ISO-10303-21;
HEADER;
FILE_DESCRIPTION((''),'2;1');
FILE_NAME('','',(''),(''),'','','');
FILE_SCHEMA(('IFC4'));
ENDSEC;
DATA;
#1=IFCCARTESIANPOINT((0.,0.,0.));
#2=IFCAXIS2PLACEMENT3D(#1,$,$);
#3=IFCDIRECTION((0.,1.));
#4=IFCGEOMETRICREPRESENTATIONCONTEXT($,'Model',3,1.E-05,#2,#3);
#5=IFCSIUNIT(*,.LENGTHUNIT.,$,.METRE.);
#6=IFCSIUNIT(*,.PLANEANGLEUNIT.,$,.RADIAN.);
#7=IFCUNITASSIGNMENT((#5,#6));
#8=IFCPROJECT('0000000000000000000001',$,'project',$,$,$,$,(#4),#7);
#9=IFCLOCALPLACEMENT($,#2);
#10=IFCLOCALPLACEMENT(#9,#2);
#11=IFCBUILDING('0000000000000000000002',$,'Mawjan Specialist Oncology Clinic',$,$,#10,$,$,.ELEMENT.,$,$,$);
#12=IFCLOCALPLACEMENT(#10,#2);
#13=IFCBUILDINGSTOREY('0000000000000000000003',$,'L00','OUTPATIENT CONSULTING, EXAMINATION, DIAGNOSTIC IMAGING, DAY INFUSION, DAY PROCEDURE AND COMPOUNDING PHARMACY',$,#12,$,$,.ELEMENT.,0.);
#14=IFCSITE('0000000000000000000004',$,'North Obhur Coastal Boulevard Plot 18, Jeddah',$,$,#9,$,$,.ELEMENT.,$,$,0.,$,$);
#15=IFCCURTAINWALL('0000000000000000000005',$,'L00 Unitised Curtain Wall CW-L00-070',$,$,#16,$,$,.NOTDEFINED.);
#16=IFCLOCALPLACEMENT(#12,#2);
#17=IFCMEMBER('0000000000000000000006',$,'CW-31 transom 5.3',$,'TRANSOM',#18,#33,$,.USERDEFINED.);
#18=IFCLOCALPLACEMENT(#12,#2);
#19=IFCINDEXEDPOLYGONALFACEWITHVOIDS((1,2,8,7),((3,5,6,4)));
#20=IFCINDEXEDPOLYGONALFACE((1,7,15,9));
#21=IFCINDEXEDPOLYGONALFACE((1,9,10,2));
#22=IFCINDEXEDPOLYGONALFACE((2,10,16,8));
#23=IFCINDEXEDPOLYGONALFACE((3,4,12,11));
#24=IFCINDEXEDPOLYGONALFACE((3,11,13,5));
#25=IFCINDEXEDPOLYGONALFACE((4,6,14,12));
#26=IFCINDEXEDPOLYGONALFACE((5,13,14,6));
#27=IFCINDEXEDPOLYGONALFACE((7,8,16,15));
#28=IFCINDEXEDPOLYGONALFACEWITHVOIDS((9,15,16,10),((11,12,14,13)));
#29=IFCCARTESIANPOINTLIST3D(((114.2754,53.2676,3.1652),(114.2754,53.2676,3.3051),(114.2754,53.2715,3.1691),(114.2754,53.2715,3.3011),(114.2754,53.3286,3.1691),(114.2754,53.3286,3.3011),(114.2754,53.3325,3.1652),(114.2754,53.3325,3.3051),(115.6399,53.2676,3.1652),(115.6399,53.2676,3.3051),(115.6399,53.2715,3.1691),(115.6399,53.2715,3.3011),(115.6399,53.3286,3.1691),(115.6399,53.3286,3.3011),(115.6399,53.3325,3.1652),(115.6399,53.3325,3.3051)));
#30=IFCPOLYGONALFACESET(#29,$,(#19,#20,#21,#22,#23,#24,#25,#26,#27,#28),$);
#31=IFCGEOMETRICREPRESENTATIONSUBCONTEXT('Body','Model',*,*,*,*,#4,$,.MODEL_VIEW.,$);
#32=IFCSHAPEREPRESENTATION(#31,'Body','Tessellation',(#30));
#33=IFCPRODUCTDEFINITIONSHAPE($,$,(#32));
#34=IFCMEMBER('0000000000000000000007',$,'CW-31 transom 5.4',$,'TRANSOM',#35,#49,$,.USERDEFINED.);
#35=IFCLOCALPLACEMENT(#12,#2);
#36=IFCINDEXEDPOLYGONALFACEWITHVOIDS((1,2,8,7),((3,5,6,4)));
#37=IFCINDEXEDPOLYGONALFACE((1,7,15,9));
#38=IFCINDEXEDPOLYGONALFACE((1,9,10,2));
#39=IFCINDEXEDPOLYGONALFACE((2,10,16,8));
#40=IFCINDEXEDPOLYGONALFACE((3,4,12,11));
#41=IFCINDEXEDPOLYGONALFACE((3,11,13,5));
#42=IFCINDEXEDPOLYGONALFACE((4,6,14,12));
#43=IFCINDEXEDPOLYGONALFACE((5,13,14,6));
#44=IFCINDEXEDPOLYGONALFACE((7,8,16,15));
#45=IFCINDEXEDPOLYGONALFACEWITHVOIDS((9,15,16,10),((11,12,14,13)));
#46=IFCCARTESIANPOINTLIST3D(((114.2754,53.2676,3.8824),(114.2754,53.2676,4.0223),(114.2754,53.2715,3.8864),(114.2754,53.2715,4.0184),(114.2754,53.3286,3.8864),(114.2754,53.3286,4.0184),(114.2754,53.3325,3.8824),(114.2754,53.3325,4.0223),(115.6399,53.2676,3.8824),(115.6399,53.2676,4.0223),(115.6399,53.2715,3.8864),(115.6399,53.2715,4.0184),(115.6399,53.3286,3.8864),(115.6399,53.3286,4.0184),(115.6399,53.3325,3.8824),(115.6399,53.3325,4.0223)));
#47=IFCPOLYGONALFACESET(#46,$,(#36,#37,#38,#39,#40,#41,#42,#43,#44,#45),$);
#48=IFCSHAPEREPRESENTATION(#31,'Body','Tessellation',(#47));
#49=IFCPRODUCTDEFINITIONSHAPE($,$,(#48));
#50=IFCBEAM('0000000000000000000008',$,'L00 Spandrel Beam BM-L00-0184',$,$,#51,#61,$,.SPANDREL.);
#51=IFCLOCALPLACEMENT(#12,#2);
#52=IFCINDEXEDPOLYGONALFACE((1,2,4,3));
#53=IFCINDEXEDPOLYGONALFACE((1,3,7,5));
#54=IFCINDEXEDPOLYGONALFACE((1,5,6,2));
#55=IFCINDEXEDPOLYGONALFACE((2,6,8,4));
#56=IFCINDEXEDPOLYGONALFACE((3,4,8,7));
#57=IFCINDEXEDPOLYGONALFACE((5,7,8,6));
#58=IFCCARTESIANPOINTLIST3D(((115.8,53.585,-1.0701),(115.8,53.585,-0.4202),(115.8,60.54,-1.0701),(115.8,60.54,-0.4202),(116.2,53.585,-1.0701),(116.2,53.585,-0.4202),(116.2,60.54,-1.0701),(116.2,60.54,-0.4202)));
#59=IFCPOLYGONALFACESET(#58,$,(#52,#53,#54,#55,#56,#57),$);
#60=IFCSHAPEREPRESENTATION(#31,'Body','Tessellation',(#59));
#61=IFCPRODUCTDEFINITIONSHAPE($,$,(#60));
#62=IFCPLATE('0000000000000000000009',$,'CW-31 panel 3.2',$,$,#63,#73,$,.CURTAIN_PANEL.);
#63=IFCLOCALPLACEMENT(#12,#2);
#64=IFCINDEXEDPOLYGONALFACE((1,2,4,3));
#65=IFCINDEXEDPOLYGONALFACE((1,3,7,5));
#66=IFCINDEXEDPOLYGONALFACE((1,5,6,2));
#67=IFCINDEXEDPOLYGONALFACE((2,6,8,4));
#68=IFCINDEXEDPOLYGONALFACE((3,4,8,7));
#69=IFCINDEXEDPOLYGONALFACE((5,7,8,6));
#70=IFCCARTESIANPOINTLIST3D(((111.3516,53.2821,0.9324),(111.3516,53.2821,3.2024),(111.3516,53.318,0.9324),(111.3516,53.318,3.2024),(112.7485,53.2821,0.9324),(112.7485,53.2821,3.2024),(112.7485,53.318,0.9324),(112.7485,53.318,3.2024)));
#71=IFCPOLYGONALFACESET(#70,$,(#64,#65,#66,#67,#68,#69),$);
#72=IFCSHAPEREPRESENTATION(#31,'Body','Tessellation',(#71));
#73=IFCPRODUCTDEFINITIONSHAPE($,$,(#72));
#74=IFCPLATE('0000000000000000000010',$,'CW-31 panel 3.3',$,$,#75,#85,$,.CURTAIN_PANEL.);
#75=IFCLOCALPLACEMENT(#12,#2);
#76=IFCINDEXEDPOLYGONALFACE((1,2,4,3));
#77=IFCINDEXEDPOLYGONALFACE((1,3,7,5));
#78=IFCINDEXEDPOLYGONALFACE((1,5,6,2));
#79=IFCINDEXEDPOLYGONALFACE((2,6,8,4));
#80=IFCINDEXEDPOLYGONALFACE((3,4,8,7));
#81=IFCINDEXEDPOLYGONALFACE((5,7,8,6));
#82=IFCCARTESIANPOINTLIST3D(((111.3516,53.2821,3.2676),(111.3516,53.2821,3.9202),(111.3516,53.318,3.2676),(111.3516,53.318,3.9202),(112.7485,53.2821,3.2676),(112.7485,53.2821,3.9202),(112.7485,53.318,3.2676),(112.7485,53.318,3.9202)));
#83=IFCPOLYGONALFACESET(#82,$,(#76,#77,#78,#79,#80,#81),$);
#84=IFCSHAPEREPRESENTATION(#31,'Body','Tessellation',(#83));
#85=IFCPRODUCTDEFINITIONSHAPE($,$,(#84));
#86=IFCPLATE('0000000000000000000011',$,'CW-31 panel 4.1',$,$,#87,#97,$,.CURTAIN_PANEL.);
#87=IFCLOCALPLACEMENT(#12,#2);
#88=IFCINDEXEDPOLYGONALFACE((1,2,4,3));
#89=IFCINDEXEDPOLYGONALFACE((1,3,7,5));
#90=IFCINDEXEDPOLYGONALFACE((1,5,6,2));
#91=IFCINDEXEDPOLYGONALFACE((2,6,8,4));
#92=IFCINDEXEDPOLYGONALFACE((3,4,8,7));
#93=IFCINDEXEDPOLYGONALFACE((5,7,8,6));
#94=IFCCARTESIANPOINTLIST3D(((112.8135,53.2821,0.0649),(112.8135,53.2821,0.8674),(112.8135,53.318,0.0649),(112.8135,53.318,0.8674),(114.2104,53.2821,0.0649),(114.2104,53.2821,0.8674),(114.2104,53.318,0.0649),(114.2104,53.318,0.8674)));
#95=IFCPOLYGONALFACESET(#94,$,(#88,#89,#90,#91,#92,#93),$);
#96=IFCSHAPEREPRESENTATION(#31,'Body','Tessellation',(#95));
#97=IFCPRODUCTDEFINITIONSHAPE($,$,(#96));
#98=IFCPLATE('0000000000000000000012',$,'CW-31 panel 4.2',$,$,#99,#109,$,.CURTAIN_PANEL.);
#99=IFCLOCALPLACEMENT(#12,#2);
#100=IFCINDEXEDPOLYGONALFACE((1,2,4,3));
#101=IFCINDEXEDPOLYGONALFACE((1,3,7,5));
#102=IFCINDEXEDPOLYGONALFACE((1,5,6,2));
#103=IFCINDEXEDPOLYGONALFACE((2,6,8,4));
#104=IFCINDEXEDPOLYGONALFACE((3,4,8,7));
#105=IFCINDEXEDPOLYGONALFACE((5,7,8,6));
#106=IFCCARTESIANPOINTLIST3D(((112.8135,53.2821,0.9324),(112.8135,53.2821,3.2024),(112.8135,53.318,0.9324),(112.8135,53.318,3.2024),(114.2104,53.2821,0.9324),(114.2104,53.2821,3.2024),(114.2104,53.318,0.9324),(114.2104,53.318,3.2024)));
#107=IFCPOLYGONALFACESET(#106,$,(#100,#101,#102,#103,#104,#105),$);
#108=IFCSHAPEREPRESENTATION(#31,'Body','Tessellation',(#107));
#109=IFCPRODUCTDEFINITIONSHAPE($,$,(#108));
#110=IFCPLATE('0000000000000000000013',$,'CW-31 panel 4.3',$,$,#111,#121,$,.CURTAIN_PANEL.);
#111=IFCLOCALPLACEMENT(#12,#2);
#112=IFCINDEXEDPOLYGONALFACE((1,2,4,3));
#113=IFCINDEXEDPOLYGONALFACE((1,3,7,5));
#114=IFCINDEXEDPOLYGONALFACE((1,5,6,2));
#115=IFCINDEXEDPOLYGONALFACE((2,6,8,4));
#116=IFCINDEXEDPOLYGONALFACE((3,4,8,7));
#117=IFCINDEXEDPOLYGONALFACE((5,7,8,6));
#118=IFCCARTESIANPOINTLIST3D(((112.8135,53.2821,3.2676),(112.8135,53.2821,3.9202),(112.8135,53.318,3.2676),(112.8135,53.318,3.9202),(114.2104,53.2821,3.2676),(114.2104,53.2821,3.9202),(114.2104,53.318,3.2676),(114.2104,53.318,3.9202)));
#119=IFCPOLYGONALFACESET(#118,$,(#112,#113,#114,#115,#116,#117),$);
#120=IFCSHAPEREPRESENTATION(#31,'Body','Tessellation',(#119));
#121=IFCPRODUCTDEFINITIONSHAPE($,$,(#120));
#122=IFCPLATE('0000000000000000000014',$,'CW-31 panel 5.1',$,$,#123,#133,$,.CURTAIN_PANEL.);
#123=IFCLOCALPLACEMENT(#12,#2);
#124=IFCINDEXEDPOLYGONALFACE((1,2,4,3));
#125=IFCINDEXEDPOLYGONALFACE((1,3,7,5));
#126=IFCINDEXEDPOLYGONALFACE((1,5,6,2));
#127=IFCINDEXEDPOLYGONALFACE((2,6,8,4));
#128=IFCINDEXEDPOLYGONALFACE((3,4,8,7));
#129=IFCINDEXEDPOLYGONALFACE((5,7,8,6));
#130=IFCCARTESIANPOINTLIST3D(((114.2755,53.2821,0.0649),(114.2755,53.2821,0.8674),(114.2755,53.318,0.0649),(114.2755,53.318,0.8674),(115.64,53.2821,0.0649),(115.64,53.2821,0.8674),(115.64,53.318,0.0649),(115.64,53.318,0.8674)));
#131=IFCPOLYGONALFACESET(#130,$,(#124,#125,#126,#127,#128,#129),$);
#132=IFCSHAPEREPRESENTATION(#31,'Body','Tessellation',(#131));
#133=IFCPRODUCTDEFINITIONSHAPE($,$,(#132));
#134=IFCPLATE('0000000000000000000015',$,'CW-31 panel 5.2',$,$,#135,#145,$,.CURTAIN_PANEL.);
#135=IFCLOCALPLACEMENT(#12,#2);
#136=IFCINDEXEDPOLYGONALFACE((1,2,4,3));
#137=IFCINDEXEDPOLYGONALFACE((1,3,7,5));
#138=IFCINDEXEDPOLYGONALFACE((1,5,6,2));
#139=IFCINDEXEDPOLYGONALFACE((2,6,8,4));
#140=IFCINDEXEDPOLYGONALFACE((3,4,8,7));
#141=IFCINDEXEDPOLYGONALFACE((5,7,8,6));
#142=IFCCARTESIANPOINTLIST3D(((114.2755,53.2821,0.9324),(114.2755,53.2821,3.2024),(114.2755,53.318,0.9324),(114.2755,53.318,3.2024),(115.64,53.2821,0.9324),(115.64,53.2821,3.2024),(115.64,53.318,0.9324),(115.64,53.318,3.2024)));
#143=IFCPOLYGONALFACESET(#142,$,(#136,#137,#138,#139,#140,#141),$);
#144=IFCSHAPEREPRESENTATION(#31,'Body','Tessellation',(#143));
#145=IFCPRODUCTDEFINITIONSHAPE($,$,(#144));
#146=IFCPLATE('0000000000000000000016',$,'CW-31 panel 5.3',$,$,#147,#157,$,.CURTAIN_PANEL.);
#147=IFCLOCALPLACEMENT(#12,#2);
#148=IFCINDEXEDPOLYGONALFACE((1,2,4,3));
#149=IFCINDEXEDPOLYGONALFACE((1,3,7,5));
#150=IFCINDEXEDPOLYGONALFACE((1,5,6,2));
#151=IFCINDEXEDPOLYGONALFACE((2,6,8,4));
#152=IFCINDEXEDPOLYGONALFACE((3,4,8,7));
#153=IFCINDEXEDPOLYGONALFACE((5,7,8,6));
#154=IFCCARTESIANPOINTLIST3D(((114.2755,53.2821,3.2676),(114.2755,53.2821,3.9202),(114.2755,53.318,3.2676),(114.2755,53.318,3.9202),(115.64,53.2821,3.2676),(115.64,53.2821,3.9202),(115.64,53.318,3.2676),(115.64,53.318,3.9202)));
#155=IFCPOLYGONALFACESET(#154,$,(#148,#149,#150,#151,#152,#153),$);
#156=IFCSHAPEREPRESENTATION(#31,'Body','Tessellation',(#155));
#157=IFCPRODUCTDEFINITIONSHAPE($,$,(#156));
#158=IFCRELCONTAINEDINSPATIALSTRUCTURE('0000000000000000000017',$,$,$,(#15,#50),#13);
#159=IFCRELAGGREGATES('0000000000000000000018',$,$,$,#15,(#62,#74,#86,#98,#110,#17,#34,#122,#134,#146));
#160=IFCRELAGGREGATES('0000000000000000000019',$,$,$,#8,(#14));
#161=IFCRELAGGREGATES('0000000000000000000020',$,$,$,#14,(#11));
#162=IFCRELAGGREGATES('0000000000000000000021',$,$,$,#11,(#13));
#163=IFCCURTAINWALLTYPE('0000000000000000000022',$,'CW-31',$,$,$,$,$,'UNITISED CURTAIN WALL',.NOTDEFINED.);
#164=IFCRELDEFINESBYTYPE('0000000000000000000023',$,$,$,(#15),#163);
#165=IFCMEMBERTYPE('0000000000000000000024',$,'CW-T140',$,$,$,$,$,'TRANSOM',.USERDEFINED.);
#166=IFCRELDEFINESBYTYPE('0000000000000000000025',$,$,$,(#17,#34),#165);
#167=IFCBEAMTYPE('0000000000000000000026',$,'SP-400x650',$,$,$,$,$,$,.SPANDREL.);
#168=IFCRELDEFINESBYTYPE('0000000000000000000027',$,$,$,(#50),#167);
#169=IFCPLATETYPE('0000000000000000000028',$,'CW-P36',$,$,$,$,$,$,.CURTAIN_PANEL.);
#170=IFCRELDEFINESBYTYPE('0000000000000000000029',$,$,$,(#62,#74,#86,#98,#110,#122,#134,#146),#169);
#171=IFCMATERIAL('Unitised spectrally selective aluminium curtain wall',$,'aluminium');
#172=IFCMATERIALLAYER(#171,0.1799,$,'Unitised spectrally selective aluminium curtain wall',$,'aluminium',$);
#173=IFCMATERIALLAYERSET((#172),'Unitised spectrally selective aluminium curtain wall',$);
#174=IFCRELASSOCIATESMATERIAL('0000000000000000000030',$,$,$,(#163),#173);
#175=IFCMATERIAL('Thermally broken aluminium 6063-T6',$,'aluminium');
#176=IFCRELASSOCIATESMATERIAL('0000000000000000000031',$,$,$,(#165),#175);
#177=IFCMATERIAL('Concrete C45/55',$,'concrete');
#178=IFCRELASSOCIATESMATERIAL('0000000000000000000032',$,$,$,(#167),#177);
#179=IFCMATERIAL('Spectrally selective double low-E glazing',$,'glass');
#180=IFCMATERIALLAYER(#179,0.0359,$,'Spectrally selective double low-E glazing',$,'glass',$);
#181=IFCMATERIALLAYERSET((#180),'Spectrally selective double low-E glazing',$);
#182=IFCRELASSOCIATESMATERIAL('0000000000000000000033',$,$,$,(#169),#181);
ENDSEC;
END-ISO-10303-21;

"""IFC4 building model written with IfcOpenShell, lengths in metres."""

from ifc_helpers import new_model, si_unit, direction, frame, origin, origin_2d, place, context, subcontext, project, spatial, rectangle, hollow_rectangle, extrude, material, layer, layer_set, material_profile, profile_set, type_object, element, aggregate, save


model = new_model("IFC4")

# Units and contexts
model_context = context("Model", 3, precision=1e-05, world=origin(), true_north=direction((0.0, 1.0)))
body_context = subcontext(model_context, "Body", "Model", "MODEL_VIEW")
ifc_project = project(units=[si_unit("LENGTHUNIT", "METRE"), si_unit("PLANEANGLEUNIT", "RADIAN")], contexts=[model_context])

# Site, building, storey
site_placement = place(None, origin())
site = spatial("IfcSite", under=ifc_project, at=site_placement, Name="North Obhur Coastal Boulevard Plot 18, Jeddah", CompositionType="ELEMENT", RefElevation=0.0)
building_placement = place(site_placement, origin())
building = spatial("IfcBuilding", under=site, at=building_placement, Name="Mawjan Specialist Oncology Clinic", CompositionType="ELEMENT")
storey_placement = place(building_placement, origin())
storey = spatial("IfcBuildingStorey", under=building, at=storey_placement, Name="L00", Description="OUTPATIENT CONSULTING, EXAMINATION, DIAGNOSTIC IMAGING, DAY INFUSION, DAY PROCEDURE AND COMPOUNDING PHARMACY", CompositionType="ELEMENT", Elevation=0.0)

# Curtain wall, members
ifc_material_1 = material(Name="Unitised spectrally selective aluminium curtain wall", Category="aluminium")
ifc_layer_1 = layer(ifc_material_1, 0.1799, Name="Unitised spectrally selective aluminium curtain wall", Category="aluminium")
ifc_layer_set_1 = layer_set([ifc_layer_1], Name="Unitised spectrally selective aluminium curtain wall")
curtain_wall_type_1 = type_object("IfcCurtainWallType", Name="CW-31", ElementType="UNITISED CURTAIN WALL", PredefinedType="NOTDEFINED", material=ifc_layer_set_1)
curtain_wall_1_placement = place(storey_placement, origin())
curtain_wall_1 = element("IfcCurtainWall", 1, at=curtain_wall_1_placement, inside=storey, type_object=curtain_wall_type_1, Name="L00 Unitised Curtain Wall CW-L00-070", PredefinedType="NOTDEFINED")
ifc_material_2 = material(Name="Thermally broken aluminium 6063-T6", Category="aluminium")
ifc_material_profile_1 = material_profile(ifc_material_2, hollow_rectangle(XDim=0.0649, YDim=0.1399, WallThickness=0.0039, at=origin_2d()), Name="ALU TRANSOM 140x65x4", Category="aluminium")
ifc_profile_set_1 = profile_set([ifc_material_profile_1], Name="Thermally broken aluminium 6063-T6")
member_type_1 = type_object("IfcMemberType", Name="CW-T140", ElementType="TRANSOM", PredefinedType="USERDEFINED", material=ifc_profile_set_1)
member_1_placement = place(storey_placement, frame((114.2754, 53.3, 3.2351), z_axis=(1.0, 0.0, 0.0), x_axis=(0.0, 1.0, 0.0)))
member_1 = element("IfcMember", 2, at=member_1_placement, type_object=member_type_1, Name="CW-31 transom 5.3", ObjectType="TRANSOM", PredefinedType="USERDEFINED", context=body_context, shape_type="SweptSolid", body=[
    extrude(hollow_rectangle(XDim=0.0649, YDim=0.1399, WallThickness=0.0039, at=origin_2d()), origin(), (0.0, 0.0, 1.0), 1.3645),
])
member_2_placement = place(storey_placement, frame((114.2754, 53.3, 3.9524), z_axis=(1.0, 0.0, 0.0), x_axis=(0.0, 1.0, 0.0)))
member_2 = element("IfcMember", 3, at=member_2_placement, type_object=member_type_1, Name="CW-31 transom 5.4", ObjectType="TRANSOM", PredefinedType="USERDEFINED", context=body_context, shape_type="SweptSolid", body=[
    extrude(hollow_rectangle(XDim=0.0649, YDim=0.1399, WallThickness=0.0039, at=origin_2d()), origin(), (0.0, 0.0, 1.0), 1.3645),
])

# Beam
ifc_material_3 = material(Name="Concrete C45/55", Category="concrete")
ifc_material_profile_2 = material_profile(ifc_material_3, rectangle(XDim=0.3999, YDim=0.6499, at=origin_2d()), Name="RC BM 400x650", Category="concrete")
ifc_profile_set_2 = profile_set([ifc_material_profile_2], Name="Concrete C45/55")
beam_type = type_object("IfcBeamType", Name="SP-400x650", PredefinedType="SPANDREL", material=ifc_profile_set_2)
beam_placement = place(storey_placement, frame((116.0, 53.585, -0.7451), z_axis=(0.0, 1.0, 0.0), x_axis=(-1.0, 0.0, 0.0)))
element("IfcBeam", 4, at=beam_placement, inside=storey, type_object=beam_type, Name="L00 Spandrel Beam BM-L00-0184", PredefinedType="SPANDREL", context=body_context, shape_type="SweptSolid", body=[
    extrude(rectangle(XDim=0.3999, YDim=0.6499, at=origin_2d()), origin(), (0.0, 0.0, 1.0), 6.9551),
])

# Plates
ifc_material_4 = material(Name="Spectrally selective double low-E glazing", Category="glass")
ifc_layer_2 = layer(ifc_material_4, 0.0359, Name="Spectrally selective double low-E glazing", Category="glass")
ifc_layer_set_2 = layer_set([ifc_layer_2], Name="Spectrally selective double low-E glazing")
plate_type = type_object("IfcPlateType", Name="CW-P36", PredefinedType="CURTAIN_PANEL", material=ifc_layer_set_2)
plate_1_placement = place(storey_placement, frame((112.05, 53.3, 0.9324), z_axis=(0.0, 0.0, 1.0), x_axis=(1.0, 0.0, 0.0)))
plate_1 = element("IfcPlate", 5, at=plate_1_placement, type_object=plate_type, Name="CW-31 panel 3.2", PredefinedType="CURTAIN_PANEL", context=body_context, shape_type="SweptSolid", body=[
    extrude(rectangle(XDim=1.397, YDim=0.0359, at=origin_2d()), origin(), (0.0, 0.0, 1.0), 2.27),
])
plate_2_placement = place(storey_placement, frame((112.05, 53.3, 3.2676), z_axis=(0.0, 0.0, 1.0), x_axis=(1.0, 0.0, 0.0)))
plate_2 = element("IfcPlate", 6, at=plate_2_placement, type_object=plate_type, Name="CW-31 panel 3.3", PredefinedType="CURTAIN_PANEL", context=body_context, shape_type="SweptSolid", body=[
    extrude(rectangle(XDim=1.397, YDim=0.0359, at=origin_2d()), origin(), (0.0, 0.0, 1.0), 0.6526),
])
plate_3_placement = place(storey_placement, frame((113.512, 53.3, 0.0649), z_axis=(0.0, 0.0, 1.0), x_axis=(1.0, 0.0, 0.0)))
plate_3 = element("IfcPlate", 7, at=plate_3_placement, type_object=plate_type, Name="CW-31 panel 4.1", PredefinedType="CURTAIN_PANEL", context=body_context, shape_type="SweptSolid", body=[
    extrude(rectangle(XDim=1.397, YDim=0.0359, at=origin_2d()), origin(), (0.0, 0.0, 1.0), 0.8025),
])
plate_4_placement = place(storey_placement, frame((113.512, 53.3, 0.9324), z_axis=(0.0, 0.0, 1.0), x_axis=(1.0, 0.0, 0.0)))
plate_4 = element("IfcPlate", 8, at=plate_4_placement, type_object=plate_type, Name="CW-31 panel 4.2", PredefinedType="CURTAIN_PANEL", context=body_context, shape_type="SweptSolid", body=[
    extrude(rectangle(XDim=1.397, YDim=0.0359, at=origin_2d()), origin(), (0.0, 0.0, 1.0), 2.27),
])
plate_5_placement = place(storey_placement, frame((113.512, 53.3, 3.2676), z_axis=(0.0, 0.0, 1.0), x_axis=(1.0, 0.0, 0.0)))
plate_5 = element("IfcPlate", 9, at=plate_5_placement, type_object=plate_type, Name="CW-31 panel 4.3", PredefinedType="CURTAIN_PANEL", context=body_context, shape_type="SweptSolid", body=[
    extrude(rectangle(XDim=1.397, YDim=0.0359, at=origin_2d()), origin(), (0.0, 0.0, 1.0), 0.6526),
])
plate_6_placement = place(storey_placement, frame((114.9578, 53.3, 0.0649), z_axis=(0.0, 0.0, 1.0), x_axis=(1.0, 0.0, 0.0)))
plate_6 = element("IfcPlate", 10, at=plate_6_placement, type_object=plate_type, Name="CW-31 panel 5.1", PredefinedType="CURTAIN_PANEL", context=body_context, shape_type="SweptSolid", body=[
    extrude(rectangle(XDim=1.3645, YDim=0.0359, at=origin_2d()), origin(), (0.0, 0.0, 1.0), 0.8025),
])
plate_7_placement = place(storey_placement, frame((114.9578, 53.3, 0.9324), z_axis=(0.0, 0.0, 1.0), x_axis=(1.0, 0.0, 0.0)))
plate_7 = element("IfcPlate", 11, at=plate_7_placement, type_object=plate_type, Name="CW-31 panel 5.2", PredefinedType="CURTAIN_PANEL", context=body_context, shape_type="SweptSolid", body=[
    extrude(rectangle(XDim=1.3645, YDim=0.0359, at=origin_2d()), origin(), (0.0, 0.0, 1.0), 2.27),
])
plate_8_placement = place(storey_placement, frame((114.9578, 53.3, 3.2676), z_axis=(0.0, 0.0, 1.0), x_axis=(1.0, 0.0, 0.0)))
plate_8 = element("IfcPlate", 12, at=plate_8_placement, type_object=plate_type, Name="CW-31 panel 5.3", PredefinedType="CURTAIN_PANEL", context=body_context, shape_type="SweptSolid", body=[
    extrude(rectangle(XDim=1.3645, YDim=0.0359, at=origin_2d()), origin(), (0.0, 0.0, 1.0), 0.6526),
])
aggregate(curtain_wall_1, [plate_1, plate_2, plate_3, plate_4, plate_5, member_1, member_2, plate_6, plate_7, plate_8])

save(model, "model.ifc")
